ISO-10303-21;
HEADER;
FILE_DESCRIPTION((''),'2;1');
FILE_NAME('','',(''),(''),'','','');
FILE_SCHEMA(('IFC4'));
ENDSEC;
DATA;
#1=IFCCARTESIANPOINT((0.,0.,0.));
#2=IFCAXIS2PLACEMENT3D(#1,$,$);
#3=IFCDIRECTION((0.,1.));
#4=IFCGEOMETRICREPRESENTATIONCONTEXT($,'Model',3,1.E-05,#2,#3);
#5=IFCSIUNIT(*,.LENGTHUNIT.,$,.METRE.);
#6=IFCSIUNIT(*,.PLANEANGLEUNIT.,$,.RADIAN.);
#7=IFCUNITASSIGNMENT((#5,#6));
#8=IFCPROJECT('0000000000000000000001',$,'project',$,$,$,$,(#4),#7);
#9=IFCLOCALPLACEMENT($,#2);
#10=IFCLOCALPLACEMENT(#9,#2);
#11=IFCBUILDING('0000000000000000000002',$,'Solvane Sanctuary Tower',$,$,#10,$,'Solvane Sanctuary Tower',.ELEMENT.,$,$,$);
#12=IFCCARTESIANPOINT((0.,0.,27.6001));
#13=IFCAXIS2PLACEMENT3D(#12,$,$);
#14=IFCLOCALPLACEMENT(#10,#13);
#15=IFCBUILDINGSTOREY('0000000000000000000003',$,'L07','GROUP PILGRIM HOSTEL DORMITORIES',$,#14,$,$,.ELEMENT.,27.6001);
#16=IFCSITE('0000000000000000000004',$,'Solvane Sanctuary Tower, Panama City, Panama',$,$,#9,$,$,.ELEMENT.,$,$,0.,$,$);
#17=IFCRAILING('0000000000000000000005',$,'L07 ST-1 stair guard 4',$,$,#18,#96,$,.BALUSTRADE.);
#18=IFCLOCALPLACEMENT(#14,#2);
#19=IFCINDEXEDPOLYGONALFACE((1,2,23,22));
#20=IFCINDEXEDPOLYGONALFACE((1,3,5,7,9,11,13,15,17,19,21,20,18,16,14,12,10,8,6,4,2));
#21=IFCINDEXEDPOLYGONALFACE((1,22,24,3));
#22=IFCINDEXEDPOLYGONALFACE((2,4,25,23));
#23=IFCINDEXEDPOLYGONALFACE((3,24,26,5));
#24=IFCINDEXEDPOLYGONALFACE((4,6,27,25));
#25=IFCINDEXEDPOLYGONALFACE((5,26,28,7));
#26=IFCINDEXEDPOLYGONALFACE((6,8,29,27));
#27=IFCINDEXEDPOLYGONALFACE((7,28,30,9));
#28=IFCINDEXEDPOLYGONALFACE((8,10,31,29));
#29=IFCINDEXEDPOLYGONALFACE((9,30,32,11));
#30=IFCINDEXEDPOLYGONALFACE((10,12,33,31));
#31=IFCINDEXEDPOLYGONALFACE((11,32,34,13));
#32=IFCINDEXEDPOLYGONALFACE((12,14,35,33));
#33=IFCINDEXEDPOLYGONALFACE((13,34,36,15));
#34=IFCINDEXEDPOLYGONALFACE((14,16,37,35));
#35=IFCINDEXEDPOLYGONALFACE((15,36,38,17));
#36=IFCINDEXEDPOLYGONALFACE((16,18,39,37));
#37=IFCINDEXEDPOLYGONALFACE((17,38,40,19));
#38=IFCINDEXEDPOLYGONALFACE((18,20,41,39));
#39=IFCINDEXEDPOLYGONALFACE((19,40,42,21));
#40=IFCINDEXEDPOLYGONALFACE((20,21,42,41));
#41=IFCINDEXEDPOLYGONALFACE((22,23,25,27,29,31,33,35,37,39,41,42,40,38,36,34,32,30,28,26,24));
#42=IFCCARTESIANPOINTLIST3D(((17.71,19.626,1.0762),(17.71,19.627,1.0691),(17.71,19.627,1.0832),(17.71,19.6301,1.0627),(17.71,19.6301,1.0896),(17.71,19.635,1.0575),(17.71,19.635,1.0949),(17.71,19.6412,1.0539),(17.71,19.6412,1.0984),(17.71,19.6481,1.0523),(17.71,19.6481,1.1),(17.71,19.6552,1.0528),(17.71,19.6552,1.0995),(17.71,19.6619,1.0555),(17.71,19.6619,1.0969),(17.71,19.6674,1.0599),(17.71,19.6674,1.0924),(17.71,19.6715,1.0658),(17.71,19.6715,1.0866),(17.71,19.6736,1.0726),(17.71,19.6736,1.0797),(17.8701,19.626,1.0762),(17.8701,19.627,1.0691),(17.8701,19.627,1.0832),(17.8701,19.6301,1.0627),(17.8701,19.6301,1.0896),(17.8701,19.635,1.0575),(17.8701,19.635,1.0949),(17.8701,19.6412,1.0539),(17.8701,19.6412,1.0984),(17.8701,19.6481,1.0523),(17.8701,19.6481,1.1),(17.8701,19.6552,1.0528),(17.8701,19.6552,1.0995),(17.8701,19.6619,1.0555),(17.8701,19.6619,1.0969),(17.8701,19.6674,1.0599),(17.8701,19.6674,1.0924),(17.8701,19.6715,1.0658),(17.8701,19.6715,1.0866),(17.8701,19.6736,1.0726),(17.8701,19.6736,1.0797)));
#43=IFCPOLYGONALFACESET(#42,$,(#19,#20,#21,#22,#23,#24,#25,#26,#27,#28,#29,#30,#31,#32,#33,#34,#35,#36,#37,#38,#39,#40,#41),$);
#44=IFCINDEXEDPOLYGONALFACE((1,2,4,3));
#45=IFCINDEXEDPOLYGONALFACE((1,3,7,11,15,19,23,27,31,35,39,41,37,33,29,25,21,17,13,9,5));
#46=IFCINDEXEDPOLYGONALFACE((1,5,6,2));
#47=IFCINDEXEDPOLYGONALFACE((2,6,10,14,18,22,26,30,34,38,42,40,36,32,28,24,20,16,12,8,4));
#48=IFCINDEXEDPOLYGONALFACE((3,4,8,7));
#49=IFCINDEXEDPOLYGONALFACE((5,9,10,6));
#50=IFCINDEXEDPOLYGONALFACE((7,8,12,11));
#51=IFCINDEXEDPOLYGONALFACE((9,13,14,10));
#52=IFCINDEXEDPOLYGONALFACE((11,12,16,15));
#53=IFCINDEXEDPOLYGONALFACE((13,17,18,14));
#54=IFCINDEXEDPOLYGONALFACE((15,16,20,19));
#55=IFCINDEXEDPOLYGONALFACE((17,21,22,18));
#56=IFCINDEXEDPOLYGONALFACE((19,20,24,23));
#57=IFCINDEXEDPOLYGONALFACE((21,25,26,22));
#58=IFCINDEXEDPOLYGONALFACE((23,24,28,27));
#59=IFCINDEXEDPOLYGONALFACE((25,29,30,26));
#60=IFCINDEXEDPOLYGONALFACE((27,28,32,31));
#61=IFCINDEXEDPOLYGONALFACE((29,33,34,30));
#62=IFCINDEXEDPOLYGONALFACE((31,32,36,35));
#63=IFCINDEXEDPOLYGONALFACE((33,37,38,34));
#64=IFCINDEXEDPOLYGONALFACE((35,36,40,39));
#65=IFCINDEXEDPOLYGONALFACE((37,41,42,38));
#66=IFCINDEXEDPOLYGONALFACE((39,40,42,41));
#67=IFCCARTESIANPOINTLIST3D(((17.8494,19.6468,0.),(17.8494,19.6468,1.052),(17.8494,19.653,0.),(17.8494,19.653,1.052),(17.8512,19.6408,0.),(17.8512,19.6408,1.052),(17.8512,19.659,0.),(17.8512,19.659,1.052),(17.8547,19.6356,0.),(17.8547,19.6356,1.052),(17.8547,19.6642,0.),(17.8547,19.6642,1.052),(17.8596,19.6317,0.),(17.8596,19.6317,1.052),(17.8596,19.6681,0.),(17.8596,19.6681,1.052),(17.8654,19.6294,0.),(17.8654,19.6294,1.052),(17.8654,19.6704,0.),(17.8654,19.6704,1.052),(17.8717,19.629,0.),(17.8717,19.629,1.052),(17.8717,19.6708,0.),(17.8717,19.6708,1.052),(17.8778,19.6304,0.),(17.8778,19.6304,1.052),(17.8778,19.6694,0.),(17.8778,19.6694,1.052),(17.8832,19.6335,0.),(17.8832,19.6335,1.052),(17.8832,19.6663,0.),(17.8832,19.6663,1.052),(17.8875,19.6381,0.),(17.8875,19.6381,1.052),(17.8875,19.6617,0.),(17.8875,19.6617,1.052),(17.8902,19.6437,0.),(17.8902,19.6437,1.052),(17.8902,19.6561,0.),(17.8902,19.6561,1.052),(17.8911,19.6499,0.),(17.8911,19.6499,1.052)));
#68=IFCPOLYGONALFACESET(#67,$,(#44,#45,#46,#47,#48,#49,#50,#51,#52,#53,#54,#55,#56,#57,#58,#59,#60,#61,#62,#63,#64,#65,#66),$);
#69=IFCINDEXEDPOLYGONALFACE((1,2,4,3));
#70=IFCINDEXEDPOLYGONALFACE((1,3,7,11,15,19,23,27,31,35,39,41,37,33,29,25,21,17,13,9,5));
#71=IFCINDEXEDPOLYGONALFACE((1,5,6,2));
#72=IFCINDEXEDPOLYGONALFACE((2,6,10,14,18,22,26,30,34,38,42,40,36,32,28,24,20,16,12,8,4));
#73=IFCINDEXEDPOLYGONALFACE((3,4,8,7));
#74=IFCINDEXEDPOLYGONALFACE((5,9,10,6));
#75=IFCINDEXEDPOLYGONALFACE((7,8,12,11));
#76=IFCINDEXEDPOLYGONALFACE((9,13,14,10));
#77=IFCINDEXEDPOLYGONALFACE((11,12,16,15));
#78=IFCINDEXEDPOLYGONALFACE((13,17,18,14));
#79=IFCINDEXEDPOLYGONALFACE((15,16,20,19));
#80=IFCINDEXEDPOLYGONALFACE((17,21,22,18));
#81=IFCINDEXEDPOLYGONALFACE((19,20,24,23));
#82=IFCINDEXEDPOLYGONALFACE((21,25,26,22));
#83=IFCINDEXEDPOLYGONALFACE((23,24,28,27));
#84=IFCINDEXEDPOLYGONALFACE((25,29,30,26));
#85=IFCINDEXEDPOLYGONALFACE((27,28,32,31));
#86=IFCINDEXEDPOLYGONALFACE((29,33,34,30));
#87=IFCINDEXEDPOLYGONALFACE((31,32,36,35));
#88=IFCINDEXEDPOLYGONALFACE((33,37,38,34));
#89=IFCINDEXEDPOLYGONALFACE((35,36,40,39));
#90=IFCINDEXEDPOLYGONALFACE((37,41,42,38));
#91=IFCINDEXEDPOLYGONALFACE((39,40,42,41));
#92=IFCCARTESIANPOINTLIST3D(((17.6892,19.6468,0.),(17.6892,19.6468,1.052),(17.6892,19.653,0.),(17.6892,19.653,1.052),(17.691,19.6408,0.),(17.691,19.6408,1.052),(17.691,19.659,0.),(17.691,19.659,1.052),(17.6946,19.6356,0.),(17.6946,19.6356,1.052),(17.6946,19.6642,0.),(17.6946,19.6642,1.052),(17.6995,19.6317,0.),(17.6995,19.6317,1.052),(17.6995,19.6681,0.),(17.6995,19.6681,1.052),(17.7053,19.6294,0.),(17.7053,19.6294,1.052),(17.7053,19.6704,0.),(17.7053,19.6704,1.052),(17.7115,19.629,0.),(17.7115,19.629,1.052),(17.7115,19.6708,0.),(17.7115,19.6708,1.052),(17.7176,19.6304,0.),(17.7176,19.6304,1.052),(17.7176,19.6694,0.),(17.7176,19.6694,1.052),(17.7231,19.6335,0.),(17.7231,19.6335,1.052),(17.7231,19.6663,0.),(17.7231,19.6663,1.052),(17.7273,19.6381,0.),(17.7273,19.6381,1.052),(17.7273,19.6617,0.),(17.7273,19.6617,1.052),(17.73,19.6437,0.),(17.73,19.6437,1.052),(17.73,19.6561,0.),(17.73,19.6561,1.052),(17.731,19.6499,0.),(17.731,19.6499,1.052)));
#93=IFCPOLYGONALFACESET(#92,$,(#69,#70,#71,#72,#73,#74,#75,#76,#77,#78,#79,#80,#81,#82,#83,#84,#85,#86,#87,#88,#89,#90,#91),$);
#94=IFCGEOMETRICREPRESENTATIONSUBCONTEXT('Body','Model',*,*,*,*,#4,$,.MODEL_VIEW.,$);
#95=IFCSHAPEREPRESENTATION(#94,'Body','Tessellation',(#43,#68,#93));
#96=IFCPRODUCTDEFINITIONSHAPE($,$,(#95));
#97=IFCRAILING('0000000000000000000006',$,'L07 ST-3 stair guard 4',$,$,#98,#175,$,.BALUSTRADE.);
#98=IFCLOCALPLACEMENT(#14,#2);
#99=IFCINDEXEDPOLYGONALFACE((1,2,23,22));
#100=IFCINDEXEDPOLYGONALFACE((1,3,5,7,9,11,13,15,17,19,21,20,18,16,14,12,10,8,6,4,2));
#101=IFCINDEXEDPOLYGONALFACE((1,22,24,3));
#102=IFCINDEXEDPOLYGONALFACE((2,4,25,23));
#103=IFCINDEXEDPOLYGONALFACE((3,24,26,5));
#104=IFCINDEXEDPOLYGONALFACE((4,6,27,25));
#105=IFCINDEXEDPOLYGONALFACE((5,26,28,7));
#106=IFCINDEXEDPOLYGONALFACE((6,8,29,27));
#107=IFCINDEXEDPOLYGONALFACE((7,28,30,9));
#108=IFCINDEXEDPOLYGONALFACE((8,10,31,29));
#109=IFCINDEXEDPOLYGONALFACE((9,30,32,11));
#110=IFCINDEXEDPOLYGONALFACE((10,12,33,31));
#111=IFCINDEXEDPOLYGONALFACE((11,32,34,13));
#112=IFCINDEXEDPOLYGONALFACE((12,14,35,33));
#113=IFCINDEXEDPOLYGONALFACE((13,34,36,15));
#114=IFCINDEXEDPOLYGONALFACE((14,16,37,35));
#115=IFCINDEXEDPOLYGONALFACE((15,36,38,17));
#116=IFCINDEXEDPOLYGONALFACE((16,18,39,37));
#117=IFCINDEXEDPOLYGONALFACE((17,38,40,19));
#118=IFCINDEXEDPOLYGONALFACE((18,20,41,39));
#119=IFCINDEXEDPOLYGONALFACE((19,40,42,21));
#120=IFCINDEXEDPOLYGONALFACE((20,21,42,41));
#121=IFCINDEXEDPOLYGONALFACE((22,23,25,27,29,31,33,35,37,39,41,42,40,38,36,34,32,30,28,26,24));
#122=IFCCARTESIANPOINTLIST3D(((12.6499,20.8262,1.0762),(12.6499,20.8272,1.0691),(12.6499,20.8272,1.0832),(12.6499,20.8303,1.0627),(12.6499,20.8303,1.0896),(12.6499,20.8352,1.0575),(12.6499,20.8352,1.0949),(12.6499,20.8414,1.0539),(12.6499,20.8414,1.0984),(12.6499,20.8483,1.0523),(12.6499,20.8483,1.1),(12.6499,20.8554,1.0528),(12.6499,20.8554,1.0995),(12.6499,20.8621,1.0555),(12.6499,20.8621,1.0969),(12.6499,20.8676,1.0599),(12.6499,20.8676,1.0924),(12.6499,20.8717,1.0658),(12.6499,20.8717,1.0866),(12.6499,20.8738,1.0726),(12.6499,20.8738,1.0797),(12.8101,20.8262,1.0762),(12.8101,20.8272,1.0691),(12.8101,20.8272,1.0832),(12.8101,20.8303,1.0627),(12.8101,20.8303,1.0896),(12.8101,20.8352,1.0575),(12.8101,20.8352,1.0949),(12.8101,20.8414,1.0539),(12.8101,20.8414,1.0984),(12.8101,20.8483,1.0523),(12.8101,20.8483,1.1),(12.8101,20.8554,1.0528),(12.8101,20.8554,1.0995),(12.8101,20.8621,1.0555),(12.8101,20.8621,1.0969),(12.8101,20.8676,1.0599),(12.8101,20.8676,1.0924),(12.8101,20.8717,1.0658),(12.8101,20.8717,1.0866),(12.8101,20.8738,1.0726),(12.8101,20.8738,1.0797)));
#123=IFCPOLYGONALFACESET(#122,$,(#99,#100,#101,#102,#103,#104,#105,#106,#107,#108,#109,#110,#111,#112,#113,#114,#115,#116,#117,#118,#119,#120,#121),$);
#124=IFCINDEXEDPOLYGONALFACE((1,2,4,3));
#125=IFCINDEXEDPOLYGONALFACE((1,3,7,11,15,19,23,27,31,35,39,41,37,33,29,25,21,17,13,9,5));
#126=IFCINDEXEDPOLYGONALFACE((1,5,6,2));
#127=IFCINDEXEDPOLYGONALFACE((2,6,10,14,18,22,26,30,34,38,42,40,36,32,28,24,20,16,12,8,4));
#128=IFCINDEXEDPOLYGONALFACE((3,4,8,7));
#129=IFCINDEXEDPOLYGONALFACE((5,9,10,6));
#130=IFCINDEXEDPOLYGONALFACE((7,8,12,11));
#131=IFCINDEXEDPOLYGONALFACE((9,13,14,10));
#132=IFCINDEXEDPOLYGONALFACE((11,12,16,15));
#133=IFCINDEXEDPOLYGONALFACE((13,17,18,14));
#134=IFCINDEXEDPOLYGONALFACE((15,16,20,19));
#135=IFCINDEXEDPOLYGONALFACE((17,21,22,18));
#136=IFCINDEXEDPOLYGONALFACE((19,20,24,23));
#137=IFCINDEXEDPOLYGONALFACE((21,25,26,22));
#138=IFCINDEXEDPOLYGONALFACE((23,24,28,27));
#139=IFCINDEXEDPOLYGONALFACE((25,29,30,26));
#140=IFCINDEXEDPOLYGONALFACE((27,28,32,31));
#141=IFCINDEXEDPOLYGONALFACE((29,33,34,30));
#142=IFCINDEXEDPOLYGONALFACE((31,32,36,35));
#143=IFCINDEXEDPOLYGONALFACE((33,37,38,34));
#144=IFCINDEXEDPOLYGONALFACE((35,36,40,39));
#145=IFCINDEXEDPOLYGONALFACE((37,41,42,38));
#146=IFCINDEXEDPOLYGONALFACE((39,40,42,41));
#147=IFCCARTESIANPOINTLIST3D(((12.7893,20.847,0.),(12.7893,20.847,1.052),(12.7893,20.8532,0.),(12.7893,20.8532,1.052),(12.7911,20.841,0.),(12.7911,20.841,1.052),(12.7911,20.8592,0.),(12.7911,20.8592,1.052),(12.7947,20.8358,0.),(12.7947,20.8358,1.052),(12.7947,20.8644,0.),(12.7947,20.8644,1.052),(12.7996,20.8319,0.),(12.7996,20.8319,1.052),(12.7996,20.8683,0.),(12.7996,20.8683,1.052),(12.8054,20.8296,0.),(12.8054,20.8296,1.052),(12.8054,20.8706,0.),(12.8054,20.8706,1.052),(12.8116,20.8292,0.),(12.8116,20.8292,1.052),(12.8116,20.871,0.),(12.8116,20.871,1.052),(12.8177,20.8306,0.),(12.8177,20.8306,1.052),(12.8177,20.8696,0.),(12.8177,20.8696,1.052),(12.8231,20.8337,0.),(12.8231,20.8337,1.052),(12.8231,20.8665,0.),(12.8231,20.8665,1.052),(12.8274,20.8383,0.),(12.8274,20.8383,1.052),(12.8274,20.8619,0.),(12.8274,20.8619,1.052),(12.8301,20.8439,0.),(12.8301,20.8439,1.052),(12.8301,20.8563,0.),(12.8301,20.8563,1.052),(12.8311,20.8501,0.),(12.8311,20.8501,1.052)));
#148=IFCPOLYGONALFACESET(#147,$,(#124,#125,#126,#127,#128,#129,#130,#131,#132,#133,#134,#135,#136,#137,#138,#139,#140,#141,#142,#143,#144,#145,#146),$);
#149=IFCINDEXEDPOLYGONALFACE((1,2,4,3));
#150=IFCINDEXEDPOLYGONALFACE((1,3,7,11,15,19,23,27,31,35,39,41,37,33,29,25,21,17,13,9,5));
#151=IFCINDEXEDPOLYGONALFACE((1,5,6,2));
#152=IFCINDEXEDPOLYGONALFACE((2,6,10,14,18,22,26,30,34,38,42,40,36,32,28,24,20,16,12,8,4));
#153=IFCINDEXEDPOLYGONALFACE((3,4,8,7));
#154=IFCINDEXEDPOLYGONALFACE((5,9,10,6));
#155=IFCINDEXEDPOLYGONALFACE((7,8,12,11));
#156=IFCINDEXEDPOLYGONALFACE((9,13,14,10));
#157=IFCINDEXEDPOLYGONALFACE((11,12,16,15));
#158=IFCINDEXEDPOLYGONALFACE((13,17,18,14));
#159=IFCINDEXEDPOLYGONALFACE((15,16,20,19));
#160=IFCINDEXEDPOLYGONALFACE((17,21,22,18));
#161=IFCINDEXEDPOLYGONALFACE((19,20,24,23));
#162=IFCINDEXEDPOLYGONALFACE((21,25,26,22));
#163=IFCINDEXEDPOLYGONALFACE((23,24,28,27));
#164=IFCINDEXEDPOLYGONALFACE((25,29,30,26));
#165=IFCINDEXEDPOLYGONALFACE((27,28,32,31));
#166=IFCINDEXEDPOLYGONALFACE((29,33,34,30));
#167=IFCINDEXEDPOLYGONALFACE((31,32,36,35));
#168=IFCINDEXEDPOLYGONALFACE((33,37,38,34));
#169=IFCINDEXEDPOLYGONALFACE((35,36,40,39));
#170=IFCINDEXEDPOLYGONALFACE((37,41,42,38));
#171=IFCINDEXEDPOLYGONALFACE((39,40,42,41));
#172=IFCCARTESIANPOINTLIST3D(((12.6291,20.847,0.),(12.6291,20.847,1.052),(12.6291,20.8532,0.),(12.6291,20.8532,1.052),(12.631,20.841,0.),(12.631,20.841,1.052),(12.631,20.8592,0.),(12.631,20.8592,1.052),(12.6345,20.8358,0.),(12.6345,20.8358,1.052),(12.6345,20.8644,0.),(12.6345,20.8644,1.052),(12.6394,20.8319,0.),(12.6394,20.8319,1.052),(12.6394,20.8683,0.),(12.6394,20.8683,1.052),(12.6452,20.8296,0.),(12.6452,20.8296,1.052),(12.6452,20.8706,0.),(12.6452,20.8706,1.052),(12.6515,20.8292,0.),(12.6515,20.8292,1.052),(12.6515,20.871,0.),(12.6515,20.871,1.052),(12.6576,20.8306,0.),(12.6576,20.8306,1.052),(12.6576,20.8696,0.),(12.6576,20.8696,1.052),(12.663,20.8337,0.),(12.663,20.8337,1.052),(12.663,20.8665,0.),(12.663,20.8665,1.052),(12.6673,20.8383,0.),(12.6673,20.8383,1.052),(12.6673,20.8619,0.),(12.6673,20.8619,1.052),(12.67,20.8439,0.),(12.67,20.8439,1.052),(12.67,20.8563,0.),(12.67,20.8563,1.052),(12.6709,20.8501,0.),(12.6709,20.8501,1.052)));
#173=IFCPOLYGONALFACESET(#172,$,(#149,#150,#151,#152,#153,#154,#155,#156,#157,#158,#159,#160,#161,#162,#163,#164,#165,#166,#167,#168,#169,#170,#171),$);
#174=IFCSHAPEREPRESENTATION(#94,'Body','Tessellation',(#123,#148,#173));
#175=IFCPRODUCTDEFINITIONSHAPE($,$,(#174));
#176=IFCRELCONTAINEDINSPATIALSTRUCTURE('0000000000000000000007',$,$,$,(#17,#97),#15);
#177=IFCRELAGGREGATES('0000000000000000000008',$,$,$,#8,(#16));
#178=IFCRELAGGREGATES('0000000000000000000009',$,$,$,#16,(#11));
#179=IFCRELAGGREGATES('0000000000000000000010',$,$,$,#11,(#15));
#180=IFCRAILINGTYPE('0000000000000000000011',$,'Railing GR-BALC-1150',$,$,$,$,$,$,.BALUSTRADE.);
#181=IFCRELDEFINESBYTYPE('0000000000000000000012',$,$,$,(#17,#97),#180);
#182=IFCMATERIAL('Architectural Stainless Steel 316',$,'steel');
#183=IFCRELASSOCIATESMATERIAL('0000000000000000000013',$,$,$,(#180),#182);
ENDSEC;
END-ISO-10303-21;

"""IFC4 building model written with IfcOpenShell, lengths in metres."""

from ifc_helpers import new_model, si_unit, direction, frame, origin, origin_2d, place, context, subcontext, project, spatial, circle, extrude, material, type_object, element, save


model = new_model("IFC4")

# Units and contexts
model_context = context("Model", 3, precision=1e-05, world=origin(), true_north=direction((0.0, 1.0)))
body_context = subcontext(model_context, "Body", "Model", "MODEL_VIEW")
ifc_project = project(units=[si_unit("LENGTHUNIT", "METRE"), si_unit("PLANEANGLEUNIT", "RADIAN")], contexts=[model_context])

# Site, building, storey
site_placement = place(None, origin())
site = spatial("IfcSite", under=ifc_project, at=site_placement, Name="Solvane Sanctuary Tower, Panama City, Panama", CompositionType="ELEMENT", RefElevation=0.0)
building_placement = place(site_placement, origin())
building = spatial("IfcBuilding", under=site, at=building_placement, Name="Solvane Sanctuary Tower", LongName="Solvane Sanctuary Tower", CompositionType="ELEMENT")
storey_placement = place(building_placement, frame((0.0, 0.0, 27.6001)))
storey = spatial("IfcBuildingStorey", under=building, at=storey_placement, Name="L07", Description="GROUP PILGRIM HOSTEL DORMITORIES", CompositionType="ELEMENT", Elevation=27.6001)

# Shared definitions
ifc_material_1 = material(Name="Architectural Stainless Steel 316", Category="steel")

# Railings
railing_type = type_object("IfcRailingType", Name="Railing GR-BALC-1150", PredefinedType="BALUSTRADE", material=ifc_material_1)
for number, where, name in (
    (1, (17.8701, 19.6499, 0.0), "L07 ST-1 stair guard 4"),
    (2, (12.8101, 20.8501, 0.0), "L07 ST-3 stair guard 4"),
):
    element("IfcRailing", number, at=place(storey_placement, frame(where)), inside=storey, type_object=railing_type, Name=name, PredefinedType="BALUSTRADE", context=body_context, shape_type="SweptSolid", body=[
        extrude(circle(Radius=0.0239, at=origin_2d()), frame((0.0, 0.0, 1.0762), z_axis=(-1.0, 0.0, 0.0), x_axis=(0.0, -1.0, 0.0)), (0.0, 0.0, 1.0), 0.1602),
        extrude(circle(Radius=0.021, at=origin_2d()), origin(), (0.0, 0.0, 1.0), 1.052),
        extrude(circle(Radius=0.021, at=origin_2d()), frame((-0.1602, 0.0, 0.0)), (0.0, 0.0, 1.0), 1.052),
    ])

save(model, "model.ifc")
